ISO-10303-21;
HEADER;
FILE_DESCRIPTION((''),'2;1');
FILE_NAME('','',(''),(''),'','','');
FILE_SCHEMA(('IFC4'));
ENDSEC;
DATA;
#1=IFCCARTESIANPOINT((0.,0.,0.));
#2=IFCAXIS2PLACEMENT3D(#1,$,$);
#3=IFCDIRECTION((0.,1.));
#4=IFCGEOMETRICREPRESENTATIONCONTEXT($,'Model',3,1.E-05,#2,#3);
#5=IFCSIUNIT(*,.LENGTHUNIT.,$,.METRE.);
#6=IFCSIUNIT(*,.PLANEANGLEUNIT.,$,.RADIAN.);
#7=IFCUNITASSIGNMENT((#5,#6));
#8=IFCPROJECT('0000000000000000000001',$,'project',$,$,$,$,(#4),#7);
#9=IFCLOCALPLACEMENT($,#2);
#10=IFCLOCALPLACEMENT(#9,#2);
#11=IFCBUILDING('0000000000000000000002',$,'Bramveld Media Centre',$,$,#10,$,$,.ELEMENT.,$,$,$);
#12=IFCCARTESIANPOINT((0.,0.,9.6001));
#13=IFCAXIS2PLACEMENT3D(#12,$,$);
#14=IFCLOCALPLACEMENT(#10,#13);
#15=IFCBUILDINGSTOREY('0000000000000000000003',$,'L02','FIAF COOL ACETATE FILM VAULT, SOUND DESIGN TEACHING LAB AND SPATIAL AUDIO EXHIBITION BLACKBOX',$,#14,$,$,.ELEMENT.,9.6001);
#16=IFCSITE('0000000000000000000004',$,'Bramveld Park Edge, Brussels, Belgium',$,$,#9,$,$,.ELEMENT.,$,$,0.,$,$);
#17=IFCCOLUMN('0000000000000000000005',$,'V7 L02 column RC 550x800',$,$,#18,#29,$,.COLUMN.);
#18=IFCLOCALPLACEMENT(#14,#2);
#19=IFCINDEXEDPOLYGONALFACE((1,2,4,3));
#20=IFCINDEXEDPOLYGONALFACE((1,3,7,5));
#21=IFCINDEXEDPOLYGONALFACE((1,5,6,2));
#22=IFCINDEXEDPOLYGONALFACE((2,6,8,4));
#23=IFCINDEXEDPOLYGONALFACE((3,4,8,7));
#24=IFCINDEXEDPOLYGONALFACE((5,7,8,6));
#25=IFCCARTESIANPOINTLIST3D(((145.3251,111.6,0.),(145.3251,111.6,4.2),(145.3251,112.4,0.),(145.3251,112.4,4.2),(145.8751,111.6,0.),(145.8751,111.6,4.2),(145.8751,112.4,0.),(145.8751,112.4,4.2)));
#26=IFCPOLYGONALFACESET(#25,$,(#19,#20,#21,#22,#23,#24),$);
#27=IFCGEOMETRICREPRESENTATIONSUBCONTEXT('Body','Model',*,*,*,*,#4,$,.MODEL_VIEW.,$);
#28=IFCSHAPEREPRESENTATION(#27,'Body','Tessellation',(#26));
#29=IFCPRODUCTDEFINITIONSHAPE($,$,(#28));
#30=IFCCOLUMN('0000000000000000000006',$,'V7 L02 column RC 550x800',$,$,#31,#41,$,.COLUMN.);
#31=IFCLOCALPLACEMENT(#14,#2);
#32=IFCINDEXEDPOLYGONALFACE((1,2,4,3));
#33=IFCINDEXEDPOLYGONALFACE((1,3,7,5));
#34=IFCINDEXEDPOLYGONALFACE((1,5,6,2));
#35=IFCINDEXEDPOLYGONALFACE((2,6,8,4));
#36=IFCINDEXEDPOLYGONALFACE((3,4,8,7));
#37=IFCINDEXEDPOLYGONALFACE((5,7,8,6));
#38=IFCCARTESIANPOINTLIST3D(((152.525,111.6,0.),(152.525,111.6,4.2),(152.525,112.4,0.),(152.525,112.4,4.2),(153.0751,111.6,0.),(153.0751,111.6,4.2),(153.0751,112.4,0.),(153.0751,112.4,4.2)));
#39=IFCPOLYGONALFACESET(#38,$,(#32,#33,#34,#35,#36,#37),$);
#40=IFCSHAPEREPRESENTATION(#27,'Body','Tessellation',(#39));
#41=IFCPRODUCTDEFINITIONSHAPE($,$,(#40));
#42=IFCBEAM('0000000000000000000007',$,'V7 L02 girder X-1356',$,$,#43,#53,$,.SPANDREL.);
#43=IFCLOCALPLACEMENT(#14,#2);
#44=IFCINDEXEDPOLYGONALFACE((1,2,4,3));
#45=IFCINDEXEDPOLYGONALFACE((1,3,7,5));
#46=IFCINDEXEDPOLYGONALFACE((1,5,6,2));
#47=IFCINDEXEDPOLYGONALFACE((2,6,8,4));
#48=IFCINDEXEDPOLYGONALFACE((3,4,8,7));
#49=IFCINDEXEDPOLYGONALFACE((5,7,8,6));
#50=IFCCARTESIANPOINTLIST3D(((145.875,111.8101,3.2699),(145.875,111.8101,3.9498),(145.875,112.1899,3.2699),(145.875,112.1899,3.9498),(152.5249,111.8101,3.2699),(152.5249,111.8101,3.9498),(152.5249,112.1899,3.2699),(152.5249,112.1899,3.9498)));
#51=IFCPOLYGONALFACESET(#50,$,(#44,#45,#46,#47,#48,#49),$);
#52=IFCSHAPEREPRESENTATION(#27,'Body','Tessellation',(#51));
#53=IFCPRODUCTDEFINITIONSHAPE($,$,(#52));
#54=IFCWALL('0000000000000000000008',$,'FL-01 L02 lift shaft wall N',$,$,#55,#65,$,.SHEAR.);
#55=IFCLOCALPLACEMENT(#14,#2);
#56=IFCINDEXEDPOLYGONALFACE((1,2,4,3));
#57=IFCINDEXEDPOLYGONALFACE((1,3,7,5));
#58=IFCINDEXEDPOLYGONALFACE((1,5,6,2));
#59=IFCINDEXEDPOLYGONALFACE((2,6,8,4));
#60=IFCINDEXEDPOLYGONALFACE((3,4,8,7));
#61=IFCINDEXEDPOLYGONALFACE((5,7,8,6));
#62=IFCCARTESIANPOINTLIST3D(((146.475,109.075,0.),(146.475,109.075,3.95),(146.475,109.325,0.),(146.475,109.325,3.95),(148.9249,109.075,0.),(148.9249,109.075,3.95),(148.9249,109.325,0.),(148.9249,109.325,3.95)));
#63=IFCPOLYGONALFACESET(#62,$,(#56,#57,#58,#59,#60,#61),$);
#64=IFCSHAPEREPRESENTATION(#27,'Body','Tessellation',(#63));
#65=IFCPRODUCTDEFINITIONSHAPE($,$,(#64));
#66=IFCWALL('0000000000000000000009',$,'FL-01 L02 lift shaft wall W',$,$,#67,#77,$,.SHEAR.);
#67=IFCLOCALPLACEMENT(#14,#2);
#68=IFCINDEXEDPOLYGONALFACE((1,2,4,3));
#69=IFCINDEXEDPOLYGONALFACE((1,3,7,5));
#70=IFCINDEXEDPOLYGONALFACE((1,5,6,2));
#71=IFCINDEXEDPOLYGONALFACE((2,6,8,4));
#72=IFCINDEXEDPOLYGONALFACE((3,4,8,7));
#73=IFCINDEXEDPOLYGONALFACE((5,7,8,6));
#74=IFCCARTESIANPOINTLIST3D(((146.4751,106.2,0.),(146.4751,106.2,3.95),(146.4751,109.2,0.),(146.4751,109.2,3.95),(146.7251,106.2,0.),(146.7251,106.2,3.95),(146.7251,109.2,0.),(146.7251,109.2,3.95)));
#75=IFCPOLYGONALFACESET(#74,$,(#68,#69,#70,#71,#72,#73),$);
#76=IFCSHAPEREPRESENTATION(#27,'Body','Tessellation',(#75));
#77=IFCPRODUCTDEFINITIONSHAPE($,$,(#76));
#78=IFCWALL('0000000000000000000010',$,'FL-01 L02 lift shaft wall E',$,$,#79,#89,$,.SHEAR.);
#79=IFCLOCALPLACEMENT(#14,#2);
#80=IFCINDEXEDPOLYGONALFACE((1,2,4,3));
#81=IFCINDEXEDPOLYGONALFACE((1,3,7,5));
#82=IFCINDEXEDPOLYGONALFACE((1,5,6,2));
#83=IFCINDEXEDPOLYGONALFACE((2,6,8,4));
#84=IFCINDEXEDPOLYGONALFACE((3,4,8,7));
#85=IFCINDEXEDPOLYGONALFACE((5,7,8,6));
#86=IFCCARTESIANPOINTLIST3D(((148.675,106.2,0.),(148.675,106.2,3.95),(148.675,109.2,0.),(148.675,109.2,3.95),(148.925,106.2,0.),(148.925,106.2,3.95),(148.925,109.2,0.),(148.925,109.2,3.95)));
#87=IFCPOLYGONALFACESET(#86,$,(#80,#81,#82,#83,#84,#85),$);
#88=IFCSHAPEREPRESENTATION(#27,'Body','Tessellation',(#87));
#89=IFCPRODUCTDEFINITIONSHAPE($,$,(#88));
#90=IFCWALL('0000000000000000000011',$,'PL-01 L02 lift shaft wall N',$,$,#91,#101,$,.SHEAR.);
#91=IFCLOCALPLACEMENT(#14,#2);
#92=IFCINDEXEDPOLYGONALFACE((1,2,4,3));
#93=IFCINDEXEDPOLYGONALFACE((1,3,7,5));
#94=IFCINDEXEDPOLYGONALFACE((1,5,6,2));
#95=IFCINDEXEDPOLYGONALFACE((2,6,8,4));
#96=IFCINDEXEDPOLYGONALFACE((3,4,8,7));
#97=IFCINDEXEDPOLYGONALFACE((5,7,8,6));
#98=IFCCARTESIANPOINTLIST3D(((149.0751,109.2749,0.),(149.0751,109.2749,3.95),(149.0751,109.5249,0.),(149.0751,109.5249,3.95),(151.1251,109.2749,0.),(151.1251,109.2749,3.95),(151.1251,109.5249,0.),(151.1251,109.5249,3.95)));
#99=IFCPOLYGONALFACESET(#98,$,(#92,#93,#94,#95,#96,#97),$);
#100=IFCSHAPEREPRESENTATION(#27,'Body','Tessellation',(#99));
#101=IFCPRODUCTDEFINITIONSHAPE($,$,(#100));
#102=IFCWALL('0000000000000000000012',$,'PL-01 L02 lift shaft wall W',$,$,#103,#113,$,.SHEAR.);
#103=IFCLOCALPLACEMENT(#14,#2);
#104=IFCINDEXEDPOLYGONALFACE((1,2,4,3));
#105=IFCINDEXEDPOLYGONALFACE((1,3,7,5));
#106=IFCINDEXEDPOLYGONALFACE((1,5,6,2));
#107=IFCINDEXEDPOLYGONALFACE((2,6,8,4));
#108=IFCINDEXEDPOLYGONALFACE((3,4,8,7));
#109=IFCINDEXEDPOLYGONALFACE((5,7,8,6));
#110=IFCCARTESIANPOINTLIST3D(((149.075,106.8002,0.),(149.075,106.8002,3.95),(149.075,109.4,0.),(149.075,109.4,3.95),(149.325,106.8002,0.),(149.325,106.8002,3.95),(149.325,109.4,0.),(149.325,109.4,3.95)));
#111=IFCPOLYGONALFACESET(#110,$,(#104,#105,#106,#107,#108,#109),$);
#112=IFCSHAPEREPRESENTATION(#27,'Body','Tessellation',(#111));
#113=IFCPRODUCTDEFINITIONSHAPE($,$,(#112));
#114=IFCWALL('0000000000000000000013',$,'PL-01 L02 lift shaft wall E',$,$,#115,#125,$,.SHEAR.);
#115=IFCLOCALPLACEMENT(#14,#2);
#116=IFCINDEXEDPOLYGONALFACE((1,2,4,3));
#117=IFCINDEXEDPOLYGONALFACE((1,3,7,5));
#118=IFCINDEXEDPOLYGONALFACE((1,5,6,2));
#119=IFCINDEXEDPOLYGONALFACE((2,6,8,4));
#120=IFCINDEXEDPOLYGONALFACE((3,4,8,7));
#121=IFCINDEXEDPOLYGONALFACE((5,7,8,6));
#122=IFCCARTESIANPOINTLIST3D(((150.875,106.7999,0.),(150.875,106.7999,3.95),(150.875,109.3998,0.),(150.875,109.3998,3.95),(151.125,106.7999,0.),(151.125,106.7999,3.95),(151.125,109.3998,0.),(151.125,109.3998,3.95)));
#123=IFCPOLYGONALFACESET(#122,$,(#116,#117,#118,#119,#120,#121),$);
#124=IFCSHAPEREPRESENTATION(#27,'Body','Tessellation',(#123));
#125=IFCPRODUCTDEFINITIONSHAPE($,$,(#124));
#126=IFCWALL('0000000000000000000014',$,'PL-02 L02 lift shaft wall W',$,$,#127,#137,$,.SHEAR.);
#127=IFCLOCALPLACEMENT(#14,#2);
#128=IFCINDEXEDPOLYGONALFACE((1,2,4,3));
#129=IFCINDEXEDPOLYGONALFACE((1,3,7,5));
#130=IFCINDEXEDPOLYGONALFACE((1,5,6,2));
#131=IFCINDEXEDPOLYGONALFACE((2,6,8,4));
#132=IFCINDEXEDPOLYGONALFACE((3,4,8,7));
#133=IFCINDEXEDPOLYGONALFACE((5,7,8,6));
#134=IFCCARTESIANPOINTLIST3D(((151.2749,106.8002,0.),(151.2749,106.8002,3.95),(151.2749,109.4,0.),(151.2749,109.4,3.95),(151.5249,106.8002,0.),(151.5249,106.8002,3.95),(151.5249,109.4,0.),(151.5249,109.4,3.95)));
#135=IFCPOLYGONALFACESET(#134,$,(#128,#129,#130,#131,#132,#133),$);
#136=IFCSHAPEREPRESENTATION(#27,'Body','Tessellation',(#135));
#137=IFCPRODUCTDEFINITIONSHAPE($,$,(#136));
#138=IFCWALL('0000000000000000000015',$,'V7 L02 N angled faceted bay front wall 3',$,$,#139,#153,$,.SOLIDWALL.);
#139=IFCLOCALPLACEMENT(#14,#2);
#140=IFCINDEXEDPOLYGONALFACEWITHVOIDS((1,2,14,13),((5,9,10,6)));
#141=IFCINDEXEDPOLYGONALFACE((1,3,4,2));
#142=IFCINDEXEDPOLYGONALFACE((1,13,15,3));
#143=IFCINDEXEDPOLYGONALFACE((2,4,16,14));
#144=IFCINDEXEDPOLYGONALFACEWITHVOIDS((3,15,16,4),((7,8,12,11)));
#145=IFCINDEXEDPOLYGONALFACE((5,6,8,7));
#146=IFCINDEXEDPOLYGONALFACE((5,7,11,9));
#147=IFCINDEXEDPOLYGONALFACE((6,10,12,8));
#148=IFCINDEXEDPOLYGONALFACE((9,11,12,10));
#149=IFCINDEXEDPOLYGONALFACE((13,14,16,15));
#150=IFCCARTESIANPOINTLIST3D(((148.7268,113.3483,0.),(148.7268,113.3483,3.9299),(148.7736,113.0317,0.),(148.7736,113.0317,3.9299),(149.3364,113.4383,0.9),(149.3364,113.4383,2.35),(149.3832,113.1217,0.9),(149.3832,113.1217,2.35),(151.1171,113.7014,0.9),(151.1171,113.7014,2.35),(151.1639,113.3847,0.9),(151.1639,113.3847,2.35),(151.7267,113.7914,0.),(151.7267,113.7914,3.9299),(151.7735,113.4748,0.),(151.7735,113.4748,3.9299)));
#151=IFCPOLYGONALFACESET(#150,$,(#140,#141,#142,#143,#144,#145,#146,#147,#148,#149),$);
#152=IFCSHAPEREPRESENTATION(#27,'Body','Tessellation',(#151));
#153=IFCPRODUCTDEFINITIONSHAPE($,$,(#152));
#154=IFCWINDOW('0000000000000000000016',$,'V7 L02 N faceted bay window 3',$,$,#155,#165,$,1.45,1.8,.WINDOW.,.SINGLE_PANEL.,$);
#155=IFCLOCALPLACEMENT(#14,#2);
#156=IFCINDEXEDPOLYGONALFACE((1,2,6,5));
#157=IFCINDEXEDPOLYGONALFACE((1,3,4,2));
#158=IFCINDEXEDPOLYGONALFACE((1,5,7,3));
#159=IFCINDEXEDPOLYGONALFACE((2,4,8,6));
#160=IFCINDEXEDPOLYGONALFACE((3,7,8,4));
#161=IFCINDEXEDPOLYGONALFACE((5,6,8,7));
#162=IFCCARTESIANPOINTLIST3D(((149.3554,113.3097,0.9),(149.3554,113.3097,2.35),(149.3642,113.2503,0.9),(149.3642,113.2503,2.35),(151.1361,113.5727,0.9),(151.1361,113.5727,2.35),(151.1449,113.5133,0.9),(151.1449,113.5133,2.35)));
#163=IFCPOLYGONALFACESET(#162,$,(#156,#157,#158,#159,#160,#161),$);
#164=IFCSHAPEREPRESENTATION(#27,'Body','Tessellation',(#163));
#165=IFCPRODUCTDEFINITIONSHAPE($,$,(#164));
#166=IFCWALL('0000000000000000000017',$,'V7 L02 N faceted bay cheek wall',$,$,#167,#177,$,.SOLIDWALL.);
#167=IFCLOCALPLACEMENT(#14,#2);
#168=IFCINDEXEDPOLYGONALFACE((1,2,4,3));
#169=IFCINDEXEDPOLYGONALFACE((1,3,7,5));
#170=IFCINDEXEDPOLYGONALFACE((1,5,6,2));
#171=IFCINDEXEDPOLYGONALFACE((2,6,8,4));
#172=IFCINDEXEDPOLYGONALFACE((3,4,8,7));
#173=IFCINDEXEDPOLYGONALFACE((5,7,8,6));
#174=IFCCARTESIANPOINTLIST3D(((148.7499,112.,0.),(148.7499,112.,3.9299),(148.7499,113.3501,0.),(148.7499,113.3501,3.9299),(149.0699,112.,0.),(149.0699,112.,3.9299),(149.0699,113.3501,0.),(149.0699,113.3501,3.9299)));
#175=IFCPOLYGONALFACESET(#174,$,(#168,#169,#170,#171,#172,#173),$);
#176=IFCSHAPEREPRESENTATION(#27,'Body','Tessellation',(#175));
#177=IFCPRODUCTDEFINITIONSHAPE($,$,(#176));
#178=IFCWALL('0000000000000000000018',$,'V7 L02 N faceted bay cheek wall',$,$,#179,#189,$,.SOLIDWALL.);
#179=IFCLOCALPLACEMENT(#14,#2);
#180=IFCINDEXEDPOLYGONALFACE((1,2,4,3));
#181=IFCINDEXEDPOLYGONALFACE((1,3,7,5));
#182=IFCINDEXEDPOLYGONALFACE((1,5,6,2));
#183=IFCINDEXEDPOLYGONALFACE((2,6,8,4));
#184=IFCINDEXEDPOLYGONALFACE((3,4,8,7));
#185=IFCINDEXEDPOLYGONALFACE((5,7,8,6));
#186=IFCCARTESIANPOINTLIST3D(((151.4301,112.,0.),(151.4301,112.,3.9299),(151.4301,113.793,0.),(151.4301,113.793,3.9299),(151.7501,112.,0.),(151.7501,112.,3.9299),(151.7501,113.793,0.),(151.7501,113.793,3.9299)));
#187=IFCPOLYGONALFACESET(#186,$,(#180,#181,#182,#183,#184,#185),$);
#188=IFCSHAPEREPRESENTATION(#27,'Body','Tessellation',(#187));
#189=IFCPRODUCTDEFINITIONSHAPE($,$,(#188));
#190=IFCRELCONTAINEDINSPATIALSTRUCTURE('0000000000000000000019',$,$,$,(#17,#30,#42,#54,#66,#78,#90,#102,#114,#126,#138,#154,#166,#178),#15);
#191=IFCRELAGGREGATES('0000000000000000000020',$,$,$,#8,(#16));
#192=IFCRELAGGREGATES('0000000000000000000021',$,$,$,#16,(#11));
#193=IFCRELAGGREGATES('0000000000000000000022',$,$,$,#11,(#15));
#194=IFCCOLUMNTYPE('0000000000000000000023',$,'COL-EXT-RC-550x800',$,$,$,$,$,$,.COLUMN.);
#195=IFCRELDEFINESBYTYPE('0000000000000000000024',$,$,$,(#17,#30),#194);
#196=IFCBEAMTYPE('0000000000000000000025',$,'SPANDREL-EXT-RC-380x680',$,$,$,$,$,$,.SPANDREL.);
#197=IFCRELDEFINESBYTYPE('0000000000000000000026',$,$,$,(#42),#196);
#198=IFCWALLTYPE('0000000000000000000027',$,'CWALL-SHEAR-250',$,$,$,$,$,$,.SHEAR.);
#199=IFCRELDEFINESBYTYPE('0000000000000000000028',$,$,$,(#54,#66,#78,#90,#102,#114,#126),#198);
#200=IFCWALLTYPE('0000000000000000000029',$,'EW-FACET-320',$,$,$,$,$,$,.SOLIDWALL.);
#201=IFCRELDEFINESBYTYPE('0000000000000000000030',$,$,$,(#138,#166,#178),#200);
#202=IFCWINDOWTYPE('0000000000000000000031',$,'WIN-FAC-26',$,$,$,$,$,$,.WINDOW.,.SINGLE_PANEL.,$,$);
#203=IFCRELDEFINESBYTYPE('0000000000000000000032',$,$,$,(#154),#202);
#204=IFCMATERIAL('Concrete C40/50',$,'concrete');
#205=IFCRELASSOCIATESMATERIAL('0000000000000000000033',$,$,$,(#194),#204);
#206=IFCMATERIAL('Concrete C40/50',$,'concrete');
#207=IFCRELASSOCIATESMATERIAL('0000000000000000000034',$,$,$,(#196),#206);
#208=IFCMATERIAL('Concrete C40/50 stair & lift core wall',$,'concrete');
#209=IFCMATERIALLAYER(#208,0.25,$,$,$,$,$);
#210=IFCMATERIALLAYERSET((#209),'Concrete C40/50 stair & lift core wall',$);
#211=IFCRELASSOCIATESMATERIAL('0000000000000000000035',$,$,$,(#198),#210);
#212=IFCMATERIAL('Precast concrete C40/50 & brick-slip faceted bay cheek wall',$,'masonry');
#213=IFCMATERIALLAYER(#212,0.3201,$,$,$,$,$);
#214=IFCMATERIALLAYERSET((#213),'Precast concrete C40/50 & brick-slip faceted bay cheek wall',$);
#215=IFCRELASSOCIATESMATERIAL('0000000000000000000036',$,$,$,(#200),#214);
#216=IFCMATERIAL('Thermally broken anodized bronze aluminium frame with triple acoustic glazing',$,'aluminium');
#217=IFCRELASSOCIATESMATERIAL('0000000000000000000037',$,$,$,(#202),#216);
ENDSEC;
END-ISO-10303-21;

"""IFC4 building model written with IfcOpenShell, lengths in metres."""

from ifc_helpers import new_model, si_unit, direction, frame, frame_2d, origin, origin_2d, place, context, subcontext, project, spatial, rectangle, extrude, material, layer, layer_set, material_profile, profile_set, type_object, element, fill, save


model = new_model("IFC4")

# Units and contexts
model_context = context("Model", 3, precision=1e-05, world=origin(), true_north=direction((0.0, 1.0)))
body_context = subcontext(model_context, "Body", "Model", "MODEL_VIEW")
ifc_project = project(units=[si_unit("LENGTHUNIT", "METRE"), si_unit("PLANEANGLEUNIT", "RADIAN")], contexts=[model_context])

# Site, building, storey
site_placement = place(None, origin())
site = spatial("IfcSite", under=ifc_project, at=site_placement, Name="Bramveld Park Edge, Brussels, Belgium", CompositionType="ELEMENT", RefElevation=0.0)
building_placement = place(site_placement, origin())
building = spatial("IfcBuilding", under=site, at=building_placement, Name="Bramveld Media Centre", CompositionType="ELEMENT")
storey_placement = place(building_placement, frame((0.0, 0.0, 9.6001)))
storey = spatial("IfcBuildingStorey", under=building, at=storey_placement, Name="L02", Description="FIAF COOL ACETATE FILM VAULT, SOUND DESIGN TEACHING LAB AND SPATIAL AUDIO EXHIBITION BLACKBOX", CompositionType="ELEMENT", Elevation=9.6001)

# Columns
ifc_material_1 = material(Name="Concrete C40/50", Category="concrete")
ifc_material_profile_1 = material_profile(ifc_material_1, rectangle(XDim=0.55, YDim=0.8, at=origin_2d()), Name="RC 550x800")
ifc_profile_set_1 = profile_set([ifc_material_profile_1], Name="Concrete C40/50")
column_type = type_object("IfcColumnType", Name="COL-EXT-RC-550x800", PredefinedType="COLUMN", material=ifc_profile_set_1)
for number, where, z_axis, x_axis, name in (
    (1, (145.6001, 112.0, 0.0), (0.0, 0.0, 1.0), (1.0, 0.0, 0.0), "V7 L02 column RC 550x800"),
    (2, (152.8, 112.0, 0.0), (0.0, 0.0, 1.0), (1.0, 0.0, 0.0), "V7 L02 column RC 550x800"),
):
    element("IfcColumn", number, at=place(storey_placement, frame(where, z_axis=z_axis, x_axis=x_axis)), inside=storey, type_object=column_type, Name=name, PredefinedType="COLUMN", context=body_context, shape_type="SweptSolid", body=[
        extrude(rectangle(XDim=0.55, YDim=0.8, at=origin_2d()), origin(), (0.0, 0.0, 1.0), 4.2),
    ])

# Beam
ifc_material_2 = material(Name="Concrete C40/50", Category="concrete")
ifc_material_profile_2 = material_profile(ifc_material_2, rectangle(XDim=0.3799, YDim=0.6799, at=origin_2d()), Name="RC 380x680")
ifc_profile_set_2 = profile_set([ifc_material_profile_2], Name="Concrete C40/50")
beam_type = type_object("IfcBeamType", Name="SPANDREL-EXT-RC-380x680", PredefinedType="SPANDREL", material=ifc_profile_set_2)
beam_placement = place(storey_placement, frame((145.875, 112.0, 3.6099), z_axis=(1.0, 0.0, 0.0), x_axis=(0.0, 1.0, 0.0)))
element("IfcBeam", 3, at=beam_placement, inside=storey, type_object=beam_type, Name="V7 L02 girder X-1356", PredefinedType="SPANDREL", context=body_context, shape_type="SweptSolid", body=[
    extrude(rectangle(XDim=0.3799, YDim=0.6799, at=origin_2d()), origin(), (0.0, 0.0, 1.0), 6.6499),
])

# Shared definitions
ifc_material_3 = material(Name="Concrete C40/50 stair & lift core wall", Category="concrete")
ifc_layer_1 = layer(ifc_material_3, 0.25)
ifc_layer_set_1 = layer_set([ifc_layer_1], Name="Concrete C40/50 stair & lift core wall")
wall_type_1 = type_object("IfcWallType", Name="CWALL-SHEAR-250", PredefinedType="SHEAR", material=ifc_layer_set_1)

# Walls
wall_1_placement = place(storey_placement, frame((148.925, 109.2, 0.0), z_axis=(0.0, 0.0, 1.0), x_axis=(-1.0, 0.0, 0.0)))
element("IfcWall", 4, at=wall_1_placement, inside=storey, type_object=wall_type_1, Name="FL-01 L02 lift shaft wall N", PredefinedType="SHEAR", context=body_context, shape_type="SweptSolid", body=[
    extrude(rectangle(XDim=2.45, YDim=0.25, at=frame_2d((1.2251, 0.0))), origin(), (0.0, 0.0, 1.0), 3.95),
])
for number, where, z_axis, x_axis, name in (
    (5, (146.6001, 109.2, 0.0), (0.0, 0.0, 1.0), (0.0, -1.0, 0.0), "FL-01 L02 lift shaft wall W"),
    (6, (148.8, 106.2, 0.0), (0.0, 0.0, 1.0), (0.0, 1.0, 0.0), "FL-01 L02 lift shaft wall E"),
):
    element("IfcWall", number, at=place(storey_placement, frame(where, z_axis=z_axis, x_axis=x_axis)), inside=storey, type_object=wall_type_1, Name=name, PredefinedType="SHEAR", context=body_context, shape_type="SweptSolid", body=[
        extrude(rectangle(XDim=3.0, YDim=0.25, at=frame_2d((1.5, 0.0))), origin(), (0.0, 0.0, 1.0), 3.95),
    ])

# Walls
wall_2_placement = place(storey_placement, frame((151.125, 109.3999, 0.0), z_axis=(0.0, 0.0, 1.0), x_axis=(-1.0, 0.0, 0.0)))
element("IfcWall", 7, at=wall_2_placement, inside=storey, type_object=wall_type_1, Name="PL-01 L02 lift shaft wall N", PredefinedType="SHEAR", context=body_context, shape_type="SweptSolid", body=[
    extrude(rectangle(XDim=2.05, YDim=0.25, at=frame_2d((1.0249, 0.0))), origin(), (0.0, 0.0, 1.0), 3.95),
])
for number, where, z_axis, x_axis, name in (
    (8, (149.2, 109.3999, 0.0), (0.0, 0.0, 1.0), (0.0, -1.0, 0.0), "PL-01 L02 lift shaft wall W"),
    (9, (151.0, 106.8, 0.0), (0.0, 0.0, 1.0), (0.0, 1.0, 0.0), "PL-01 L02 lift shaft wall E"),
):
    element("IfcWall", number, at=place(storey_placement, frame(where, z_axis=z_axis, x_axis=x_axis)), inside=storey, type_object=wall_type_1, Name=name, PredefinedType="SHEAR", context=body_context, shape_type="SweptSolid", body=[
        extrude(rectangle(XDim=2.5999, YDim=0.25, at=frame_2d((1.2998, 0.0))), origin(), (0.0, 0.0, 1.0), 3.95),
    ])

# Wall
wall_3_placement = place(storey_placement, frame((151.3999, 109.3999, 0.0), z_axis=(0.0, 0.0, 1.0), x_axis=(0.0, -1.0, 0.0)))
element("IfcWall", 10, at=wall_3_placement, inside=storey, type_object=wall_type_1, Name="PL-02 L02 lift shaft wall W", PredefinedType="SHEAR", context=body_context, shape_type="SweptSolid", body=[
    extrude(rectangle(XDim=2.5999, YDim=0.25, at=frame_2d((1.2998, 0.0))), origin(), (0.0, 0.0, 1.0), 3.95),
])

# Wall, opening, window
ifc_material_4 = material(Name="Precast concrete C40/50 & brick-slip faceted bay cheek wall", Category="masonry")
ifc_layer_2 = layer(ifc_material_4, 0.3201)
ifc_layer_set_2 = layer_set([ifc_layer_2], Name="Precast concrete C40/50 & brick-slip faceted bay cheek wall")
wall_type_2 = type_object("IfcWallType", Name="EW-FACET-320", PredefinedType="SOLIDWALL", material=ifc_layer_set_2)
wall_4_placement = place(storey_placement, frame((151.75, 113.6331, 0.0), z_axis=(0.0, 0.0, 1.0), x_axis=(-0.989267, -0.14612, 0.0)))
wall_4 = element("IfcWall", 11, at=wall_4_placement, inside=storey, type_object=wall_type_2, Name="V7 L02 N angled faceted bay front wall 3", PredefinedType="SOLIDWALL", context=body_context, shape_type="SweptSolid", body=[
    extrude(rectangle(XDim=3.0325, YDim=0.3201, at=frame_2d((1.5161, 0.0))), origin(), (0.0, 0.0, 1.0), 3.9299),
])
opening_1_placement = place(wall_4_placement, frame((0.6162, 0.0, 0.8999)))
opening_1 = element("IfcOpeningElement", 12, at=opening_1_placement, cuts=wall_4, PredefinedType="OPENING", context=body_context, shape_type="SweptSolid", body=[
    extrude(rectangle(XDim=1.8, YDim=1.45, at=frame_2d((0.8999, 0.7251))), frame((0.0, 0.1719, 0.0), z_axis=(0.0, -1.0, 0.0), x_axis=(1.0, 0.0, 0.0)), (0.0, 0.0, 1.0), 0.344),
])
ifc_material_5 = material(Name="Thermally broken anodized bronze aluminium frame with triple acoustic glazing", Category="aluminium")
window_type = type_object("IfcWindowType", Name="WIN-FAC-26", PartitioningType="SINGLE_PANEL", PredefinedType="WINDOW", material=ifc_material_5)
window_placement = place(opening_1_placement, origin())
window = element("IfcWindow", 13, at=window_placement, inside=storey, type_object=window_type, Name="V7 L02 N faceted bay window 3", OverallHeight=1.45, OverallWidth=1.8, PartitioningType="SINGLE_PANEL", PredefinedType="WINDOW", context=body_context, shape_type="SweptSolid", body=[
    extrude(rectangle(XDim=1.8, YDim=1.45, at=frame_2d((0.8999, 0.7251))), frame((0.0, 0.03, 0.0), z_axis=(0.0, -1.0, 0.0), x_axis=(1.0, 0.0, 0.0)), (0.0, 0.0, 1.0), 0.0601),
])
fill(opening_1, window)

# Walls
wall_5_placement = place(storey_placement, frame((148.9099, 112.0, 0.0), z_axis=(0.0, 0.0, 1.0), x_axis=(0.0, 1.0, 0.0)))
element("IfcWall", 14, at=wall_5_placement, inside=storey, type_object=wall_type_2, Name="V7 L02 N faceted bay cheek wall", PredefinedType="SOLIDWALL", context=body_context, shape_type="SweptSolid", body=[
    extrude(rectangle(XDim=1.3501, YDim=0.3201, at=frame_2d((0.675, 0.0))), origin(), (0.0, 0.0, 1.0), 3.9299),
])
wall_6_placement = place(storey_placement, frame((151.5901, 112.0, 0.0), z_axis=(0.0, 0.0, 1.0), x_axis=(0.0, 1.0, 0.0)))
element("IfcWall", 15, at=wall_6_placement, inside=storey, type_object=wall_type_2, Name="V7 L02 N faceted bay cheek wall", PredefinedType="SOLIDWALL", context=body_context, shape_type="SweptSolid", body=[
    extrude(rectangle(XDim=1.793, YDim=0.3201, at=frame_2d((0.8965, 0.0))), origin(), (0.0, 0.0, 1.0), 3.9299),
])

save(model, "model.ifc")
